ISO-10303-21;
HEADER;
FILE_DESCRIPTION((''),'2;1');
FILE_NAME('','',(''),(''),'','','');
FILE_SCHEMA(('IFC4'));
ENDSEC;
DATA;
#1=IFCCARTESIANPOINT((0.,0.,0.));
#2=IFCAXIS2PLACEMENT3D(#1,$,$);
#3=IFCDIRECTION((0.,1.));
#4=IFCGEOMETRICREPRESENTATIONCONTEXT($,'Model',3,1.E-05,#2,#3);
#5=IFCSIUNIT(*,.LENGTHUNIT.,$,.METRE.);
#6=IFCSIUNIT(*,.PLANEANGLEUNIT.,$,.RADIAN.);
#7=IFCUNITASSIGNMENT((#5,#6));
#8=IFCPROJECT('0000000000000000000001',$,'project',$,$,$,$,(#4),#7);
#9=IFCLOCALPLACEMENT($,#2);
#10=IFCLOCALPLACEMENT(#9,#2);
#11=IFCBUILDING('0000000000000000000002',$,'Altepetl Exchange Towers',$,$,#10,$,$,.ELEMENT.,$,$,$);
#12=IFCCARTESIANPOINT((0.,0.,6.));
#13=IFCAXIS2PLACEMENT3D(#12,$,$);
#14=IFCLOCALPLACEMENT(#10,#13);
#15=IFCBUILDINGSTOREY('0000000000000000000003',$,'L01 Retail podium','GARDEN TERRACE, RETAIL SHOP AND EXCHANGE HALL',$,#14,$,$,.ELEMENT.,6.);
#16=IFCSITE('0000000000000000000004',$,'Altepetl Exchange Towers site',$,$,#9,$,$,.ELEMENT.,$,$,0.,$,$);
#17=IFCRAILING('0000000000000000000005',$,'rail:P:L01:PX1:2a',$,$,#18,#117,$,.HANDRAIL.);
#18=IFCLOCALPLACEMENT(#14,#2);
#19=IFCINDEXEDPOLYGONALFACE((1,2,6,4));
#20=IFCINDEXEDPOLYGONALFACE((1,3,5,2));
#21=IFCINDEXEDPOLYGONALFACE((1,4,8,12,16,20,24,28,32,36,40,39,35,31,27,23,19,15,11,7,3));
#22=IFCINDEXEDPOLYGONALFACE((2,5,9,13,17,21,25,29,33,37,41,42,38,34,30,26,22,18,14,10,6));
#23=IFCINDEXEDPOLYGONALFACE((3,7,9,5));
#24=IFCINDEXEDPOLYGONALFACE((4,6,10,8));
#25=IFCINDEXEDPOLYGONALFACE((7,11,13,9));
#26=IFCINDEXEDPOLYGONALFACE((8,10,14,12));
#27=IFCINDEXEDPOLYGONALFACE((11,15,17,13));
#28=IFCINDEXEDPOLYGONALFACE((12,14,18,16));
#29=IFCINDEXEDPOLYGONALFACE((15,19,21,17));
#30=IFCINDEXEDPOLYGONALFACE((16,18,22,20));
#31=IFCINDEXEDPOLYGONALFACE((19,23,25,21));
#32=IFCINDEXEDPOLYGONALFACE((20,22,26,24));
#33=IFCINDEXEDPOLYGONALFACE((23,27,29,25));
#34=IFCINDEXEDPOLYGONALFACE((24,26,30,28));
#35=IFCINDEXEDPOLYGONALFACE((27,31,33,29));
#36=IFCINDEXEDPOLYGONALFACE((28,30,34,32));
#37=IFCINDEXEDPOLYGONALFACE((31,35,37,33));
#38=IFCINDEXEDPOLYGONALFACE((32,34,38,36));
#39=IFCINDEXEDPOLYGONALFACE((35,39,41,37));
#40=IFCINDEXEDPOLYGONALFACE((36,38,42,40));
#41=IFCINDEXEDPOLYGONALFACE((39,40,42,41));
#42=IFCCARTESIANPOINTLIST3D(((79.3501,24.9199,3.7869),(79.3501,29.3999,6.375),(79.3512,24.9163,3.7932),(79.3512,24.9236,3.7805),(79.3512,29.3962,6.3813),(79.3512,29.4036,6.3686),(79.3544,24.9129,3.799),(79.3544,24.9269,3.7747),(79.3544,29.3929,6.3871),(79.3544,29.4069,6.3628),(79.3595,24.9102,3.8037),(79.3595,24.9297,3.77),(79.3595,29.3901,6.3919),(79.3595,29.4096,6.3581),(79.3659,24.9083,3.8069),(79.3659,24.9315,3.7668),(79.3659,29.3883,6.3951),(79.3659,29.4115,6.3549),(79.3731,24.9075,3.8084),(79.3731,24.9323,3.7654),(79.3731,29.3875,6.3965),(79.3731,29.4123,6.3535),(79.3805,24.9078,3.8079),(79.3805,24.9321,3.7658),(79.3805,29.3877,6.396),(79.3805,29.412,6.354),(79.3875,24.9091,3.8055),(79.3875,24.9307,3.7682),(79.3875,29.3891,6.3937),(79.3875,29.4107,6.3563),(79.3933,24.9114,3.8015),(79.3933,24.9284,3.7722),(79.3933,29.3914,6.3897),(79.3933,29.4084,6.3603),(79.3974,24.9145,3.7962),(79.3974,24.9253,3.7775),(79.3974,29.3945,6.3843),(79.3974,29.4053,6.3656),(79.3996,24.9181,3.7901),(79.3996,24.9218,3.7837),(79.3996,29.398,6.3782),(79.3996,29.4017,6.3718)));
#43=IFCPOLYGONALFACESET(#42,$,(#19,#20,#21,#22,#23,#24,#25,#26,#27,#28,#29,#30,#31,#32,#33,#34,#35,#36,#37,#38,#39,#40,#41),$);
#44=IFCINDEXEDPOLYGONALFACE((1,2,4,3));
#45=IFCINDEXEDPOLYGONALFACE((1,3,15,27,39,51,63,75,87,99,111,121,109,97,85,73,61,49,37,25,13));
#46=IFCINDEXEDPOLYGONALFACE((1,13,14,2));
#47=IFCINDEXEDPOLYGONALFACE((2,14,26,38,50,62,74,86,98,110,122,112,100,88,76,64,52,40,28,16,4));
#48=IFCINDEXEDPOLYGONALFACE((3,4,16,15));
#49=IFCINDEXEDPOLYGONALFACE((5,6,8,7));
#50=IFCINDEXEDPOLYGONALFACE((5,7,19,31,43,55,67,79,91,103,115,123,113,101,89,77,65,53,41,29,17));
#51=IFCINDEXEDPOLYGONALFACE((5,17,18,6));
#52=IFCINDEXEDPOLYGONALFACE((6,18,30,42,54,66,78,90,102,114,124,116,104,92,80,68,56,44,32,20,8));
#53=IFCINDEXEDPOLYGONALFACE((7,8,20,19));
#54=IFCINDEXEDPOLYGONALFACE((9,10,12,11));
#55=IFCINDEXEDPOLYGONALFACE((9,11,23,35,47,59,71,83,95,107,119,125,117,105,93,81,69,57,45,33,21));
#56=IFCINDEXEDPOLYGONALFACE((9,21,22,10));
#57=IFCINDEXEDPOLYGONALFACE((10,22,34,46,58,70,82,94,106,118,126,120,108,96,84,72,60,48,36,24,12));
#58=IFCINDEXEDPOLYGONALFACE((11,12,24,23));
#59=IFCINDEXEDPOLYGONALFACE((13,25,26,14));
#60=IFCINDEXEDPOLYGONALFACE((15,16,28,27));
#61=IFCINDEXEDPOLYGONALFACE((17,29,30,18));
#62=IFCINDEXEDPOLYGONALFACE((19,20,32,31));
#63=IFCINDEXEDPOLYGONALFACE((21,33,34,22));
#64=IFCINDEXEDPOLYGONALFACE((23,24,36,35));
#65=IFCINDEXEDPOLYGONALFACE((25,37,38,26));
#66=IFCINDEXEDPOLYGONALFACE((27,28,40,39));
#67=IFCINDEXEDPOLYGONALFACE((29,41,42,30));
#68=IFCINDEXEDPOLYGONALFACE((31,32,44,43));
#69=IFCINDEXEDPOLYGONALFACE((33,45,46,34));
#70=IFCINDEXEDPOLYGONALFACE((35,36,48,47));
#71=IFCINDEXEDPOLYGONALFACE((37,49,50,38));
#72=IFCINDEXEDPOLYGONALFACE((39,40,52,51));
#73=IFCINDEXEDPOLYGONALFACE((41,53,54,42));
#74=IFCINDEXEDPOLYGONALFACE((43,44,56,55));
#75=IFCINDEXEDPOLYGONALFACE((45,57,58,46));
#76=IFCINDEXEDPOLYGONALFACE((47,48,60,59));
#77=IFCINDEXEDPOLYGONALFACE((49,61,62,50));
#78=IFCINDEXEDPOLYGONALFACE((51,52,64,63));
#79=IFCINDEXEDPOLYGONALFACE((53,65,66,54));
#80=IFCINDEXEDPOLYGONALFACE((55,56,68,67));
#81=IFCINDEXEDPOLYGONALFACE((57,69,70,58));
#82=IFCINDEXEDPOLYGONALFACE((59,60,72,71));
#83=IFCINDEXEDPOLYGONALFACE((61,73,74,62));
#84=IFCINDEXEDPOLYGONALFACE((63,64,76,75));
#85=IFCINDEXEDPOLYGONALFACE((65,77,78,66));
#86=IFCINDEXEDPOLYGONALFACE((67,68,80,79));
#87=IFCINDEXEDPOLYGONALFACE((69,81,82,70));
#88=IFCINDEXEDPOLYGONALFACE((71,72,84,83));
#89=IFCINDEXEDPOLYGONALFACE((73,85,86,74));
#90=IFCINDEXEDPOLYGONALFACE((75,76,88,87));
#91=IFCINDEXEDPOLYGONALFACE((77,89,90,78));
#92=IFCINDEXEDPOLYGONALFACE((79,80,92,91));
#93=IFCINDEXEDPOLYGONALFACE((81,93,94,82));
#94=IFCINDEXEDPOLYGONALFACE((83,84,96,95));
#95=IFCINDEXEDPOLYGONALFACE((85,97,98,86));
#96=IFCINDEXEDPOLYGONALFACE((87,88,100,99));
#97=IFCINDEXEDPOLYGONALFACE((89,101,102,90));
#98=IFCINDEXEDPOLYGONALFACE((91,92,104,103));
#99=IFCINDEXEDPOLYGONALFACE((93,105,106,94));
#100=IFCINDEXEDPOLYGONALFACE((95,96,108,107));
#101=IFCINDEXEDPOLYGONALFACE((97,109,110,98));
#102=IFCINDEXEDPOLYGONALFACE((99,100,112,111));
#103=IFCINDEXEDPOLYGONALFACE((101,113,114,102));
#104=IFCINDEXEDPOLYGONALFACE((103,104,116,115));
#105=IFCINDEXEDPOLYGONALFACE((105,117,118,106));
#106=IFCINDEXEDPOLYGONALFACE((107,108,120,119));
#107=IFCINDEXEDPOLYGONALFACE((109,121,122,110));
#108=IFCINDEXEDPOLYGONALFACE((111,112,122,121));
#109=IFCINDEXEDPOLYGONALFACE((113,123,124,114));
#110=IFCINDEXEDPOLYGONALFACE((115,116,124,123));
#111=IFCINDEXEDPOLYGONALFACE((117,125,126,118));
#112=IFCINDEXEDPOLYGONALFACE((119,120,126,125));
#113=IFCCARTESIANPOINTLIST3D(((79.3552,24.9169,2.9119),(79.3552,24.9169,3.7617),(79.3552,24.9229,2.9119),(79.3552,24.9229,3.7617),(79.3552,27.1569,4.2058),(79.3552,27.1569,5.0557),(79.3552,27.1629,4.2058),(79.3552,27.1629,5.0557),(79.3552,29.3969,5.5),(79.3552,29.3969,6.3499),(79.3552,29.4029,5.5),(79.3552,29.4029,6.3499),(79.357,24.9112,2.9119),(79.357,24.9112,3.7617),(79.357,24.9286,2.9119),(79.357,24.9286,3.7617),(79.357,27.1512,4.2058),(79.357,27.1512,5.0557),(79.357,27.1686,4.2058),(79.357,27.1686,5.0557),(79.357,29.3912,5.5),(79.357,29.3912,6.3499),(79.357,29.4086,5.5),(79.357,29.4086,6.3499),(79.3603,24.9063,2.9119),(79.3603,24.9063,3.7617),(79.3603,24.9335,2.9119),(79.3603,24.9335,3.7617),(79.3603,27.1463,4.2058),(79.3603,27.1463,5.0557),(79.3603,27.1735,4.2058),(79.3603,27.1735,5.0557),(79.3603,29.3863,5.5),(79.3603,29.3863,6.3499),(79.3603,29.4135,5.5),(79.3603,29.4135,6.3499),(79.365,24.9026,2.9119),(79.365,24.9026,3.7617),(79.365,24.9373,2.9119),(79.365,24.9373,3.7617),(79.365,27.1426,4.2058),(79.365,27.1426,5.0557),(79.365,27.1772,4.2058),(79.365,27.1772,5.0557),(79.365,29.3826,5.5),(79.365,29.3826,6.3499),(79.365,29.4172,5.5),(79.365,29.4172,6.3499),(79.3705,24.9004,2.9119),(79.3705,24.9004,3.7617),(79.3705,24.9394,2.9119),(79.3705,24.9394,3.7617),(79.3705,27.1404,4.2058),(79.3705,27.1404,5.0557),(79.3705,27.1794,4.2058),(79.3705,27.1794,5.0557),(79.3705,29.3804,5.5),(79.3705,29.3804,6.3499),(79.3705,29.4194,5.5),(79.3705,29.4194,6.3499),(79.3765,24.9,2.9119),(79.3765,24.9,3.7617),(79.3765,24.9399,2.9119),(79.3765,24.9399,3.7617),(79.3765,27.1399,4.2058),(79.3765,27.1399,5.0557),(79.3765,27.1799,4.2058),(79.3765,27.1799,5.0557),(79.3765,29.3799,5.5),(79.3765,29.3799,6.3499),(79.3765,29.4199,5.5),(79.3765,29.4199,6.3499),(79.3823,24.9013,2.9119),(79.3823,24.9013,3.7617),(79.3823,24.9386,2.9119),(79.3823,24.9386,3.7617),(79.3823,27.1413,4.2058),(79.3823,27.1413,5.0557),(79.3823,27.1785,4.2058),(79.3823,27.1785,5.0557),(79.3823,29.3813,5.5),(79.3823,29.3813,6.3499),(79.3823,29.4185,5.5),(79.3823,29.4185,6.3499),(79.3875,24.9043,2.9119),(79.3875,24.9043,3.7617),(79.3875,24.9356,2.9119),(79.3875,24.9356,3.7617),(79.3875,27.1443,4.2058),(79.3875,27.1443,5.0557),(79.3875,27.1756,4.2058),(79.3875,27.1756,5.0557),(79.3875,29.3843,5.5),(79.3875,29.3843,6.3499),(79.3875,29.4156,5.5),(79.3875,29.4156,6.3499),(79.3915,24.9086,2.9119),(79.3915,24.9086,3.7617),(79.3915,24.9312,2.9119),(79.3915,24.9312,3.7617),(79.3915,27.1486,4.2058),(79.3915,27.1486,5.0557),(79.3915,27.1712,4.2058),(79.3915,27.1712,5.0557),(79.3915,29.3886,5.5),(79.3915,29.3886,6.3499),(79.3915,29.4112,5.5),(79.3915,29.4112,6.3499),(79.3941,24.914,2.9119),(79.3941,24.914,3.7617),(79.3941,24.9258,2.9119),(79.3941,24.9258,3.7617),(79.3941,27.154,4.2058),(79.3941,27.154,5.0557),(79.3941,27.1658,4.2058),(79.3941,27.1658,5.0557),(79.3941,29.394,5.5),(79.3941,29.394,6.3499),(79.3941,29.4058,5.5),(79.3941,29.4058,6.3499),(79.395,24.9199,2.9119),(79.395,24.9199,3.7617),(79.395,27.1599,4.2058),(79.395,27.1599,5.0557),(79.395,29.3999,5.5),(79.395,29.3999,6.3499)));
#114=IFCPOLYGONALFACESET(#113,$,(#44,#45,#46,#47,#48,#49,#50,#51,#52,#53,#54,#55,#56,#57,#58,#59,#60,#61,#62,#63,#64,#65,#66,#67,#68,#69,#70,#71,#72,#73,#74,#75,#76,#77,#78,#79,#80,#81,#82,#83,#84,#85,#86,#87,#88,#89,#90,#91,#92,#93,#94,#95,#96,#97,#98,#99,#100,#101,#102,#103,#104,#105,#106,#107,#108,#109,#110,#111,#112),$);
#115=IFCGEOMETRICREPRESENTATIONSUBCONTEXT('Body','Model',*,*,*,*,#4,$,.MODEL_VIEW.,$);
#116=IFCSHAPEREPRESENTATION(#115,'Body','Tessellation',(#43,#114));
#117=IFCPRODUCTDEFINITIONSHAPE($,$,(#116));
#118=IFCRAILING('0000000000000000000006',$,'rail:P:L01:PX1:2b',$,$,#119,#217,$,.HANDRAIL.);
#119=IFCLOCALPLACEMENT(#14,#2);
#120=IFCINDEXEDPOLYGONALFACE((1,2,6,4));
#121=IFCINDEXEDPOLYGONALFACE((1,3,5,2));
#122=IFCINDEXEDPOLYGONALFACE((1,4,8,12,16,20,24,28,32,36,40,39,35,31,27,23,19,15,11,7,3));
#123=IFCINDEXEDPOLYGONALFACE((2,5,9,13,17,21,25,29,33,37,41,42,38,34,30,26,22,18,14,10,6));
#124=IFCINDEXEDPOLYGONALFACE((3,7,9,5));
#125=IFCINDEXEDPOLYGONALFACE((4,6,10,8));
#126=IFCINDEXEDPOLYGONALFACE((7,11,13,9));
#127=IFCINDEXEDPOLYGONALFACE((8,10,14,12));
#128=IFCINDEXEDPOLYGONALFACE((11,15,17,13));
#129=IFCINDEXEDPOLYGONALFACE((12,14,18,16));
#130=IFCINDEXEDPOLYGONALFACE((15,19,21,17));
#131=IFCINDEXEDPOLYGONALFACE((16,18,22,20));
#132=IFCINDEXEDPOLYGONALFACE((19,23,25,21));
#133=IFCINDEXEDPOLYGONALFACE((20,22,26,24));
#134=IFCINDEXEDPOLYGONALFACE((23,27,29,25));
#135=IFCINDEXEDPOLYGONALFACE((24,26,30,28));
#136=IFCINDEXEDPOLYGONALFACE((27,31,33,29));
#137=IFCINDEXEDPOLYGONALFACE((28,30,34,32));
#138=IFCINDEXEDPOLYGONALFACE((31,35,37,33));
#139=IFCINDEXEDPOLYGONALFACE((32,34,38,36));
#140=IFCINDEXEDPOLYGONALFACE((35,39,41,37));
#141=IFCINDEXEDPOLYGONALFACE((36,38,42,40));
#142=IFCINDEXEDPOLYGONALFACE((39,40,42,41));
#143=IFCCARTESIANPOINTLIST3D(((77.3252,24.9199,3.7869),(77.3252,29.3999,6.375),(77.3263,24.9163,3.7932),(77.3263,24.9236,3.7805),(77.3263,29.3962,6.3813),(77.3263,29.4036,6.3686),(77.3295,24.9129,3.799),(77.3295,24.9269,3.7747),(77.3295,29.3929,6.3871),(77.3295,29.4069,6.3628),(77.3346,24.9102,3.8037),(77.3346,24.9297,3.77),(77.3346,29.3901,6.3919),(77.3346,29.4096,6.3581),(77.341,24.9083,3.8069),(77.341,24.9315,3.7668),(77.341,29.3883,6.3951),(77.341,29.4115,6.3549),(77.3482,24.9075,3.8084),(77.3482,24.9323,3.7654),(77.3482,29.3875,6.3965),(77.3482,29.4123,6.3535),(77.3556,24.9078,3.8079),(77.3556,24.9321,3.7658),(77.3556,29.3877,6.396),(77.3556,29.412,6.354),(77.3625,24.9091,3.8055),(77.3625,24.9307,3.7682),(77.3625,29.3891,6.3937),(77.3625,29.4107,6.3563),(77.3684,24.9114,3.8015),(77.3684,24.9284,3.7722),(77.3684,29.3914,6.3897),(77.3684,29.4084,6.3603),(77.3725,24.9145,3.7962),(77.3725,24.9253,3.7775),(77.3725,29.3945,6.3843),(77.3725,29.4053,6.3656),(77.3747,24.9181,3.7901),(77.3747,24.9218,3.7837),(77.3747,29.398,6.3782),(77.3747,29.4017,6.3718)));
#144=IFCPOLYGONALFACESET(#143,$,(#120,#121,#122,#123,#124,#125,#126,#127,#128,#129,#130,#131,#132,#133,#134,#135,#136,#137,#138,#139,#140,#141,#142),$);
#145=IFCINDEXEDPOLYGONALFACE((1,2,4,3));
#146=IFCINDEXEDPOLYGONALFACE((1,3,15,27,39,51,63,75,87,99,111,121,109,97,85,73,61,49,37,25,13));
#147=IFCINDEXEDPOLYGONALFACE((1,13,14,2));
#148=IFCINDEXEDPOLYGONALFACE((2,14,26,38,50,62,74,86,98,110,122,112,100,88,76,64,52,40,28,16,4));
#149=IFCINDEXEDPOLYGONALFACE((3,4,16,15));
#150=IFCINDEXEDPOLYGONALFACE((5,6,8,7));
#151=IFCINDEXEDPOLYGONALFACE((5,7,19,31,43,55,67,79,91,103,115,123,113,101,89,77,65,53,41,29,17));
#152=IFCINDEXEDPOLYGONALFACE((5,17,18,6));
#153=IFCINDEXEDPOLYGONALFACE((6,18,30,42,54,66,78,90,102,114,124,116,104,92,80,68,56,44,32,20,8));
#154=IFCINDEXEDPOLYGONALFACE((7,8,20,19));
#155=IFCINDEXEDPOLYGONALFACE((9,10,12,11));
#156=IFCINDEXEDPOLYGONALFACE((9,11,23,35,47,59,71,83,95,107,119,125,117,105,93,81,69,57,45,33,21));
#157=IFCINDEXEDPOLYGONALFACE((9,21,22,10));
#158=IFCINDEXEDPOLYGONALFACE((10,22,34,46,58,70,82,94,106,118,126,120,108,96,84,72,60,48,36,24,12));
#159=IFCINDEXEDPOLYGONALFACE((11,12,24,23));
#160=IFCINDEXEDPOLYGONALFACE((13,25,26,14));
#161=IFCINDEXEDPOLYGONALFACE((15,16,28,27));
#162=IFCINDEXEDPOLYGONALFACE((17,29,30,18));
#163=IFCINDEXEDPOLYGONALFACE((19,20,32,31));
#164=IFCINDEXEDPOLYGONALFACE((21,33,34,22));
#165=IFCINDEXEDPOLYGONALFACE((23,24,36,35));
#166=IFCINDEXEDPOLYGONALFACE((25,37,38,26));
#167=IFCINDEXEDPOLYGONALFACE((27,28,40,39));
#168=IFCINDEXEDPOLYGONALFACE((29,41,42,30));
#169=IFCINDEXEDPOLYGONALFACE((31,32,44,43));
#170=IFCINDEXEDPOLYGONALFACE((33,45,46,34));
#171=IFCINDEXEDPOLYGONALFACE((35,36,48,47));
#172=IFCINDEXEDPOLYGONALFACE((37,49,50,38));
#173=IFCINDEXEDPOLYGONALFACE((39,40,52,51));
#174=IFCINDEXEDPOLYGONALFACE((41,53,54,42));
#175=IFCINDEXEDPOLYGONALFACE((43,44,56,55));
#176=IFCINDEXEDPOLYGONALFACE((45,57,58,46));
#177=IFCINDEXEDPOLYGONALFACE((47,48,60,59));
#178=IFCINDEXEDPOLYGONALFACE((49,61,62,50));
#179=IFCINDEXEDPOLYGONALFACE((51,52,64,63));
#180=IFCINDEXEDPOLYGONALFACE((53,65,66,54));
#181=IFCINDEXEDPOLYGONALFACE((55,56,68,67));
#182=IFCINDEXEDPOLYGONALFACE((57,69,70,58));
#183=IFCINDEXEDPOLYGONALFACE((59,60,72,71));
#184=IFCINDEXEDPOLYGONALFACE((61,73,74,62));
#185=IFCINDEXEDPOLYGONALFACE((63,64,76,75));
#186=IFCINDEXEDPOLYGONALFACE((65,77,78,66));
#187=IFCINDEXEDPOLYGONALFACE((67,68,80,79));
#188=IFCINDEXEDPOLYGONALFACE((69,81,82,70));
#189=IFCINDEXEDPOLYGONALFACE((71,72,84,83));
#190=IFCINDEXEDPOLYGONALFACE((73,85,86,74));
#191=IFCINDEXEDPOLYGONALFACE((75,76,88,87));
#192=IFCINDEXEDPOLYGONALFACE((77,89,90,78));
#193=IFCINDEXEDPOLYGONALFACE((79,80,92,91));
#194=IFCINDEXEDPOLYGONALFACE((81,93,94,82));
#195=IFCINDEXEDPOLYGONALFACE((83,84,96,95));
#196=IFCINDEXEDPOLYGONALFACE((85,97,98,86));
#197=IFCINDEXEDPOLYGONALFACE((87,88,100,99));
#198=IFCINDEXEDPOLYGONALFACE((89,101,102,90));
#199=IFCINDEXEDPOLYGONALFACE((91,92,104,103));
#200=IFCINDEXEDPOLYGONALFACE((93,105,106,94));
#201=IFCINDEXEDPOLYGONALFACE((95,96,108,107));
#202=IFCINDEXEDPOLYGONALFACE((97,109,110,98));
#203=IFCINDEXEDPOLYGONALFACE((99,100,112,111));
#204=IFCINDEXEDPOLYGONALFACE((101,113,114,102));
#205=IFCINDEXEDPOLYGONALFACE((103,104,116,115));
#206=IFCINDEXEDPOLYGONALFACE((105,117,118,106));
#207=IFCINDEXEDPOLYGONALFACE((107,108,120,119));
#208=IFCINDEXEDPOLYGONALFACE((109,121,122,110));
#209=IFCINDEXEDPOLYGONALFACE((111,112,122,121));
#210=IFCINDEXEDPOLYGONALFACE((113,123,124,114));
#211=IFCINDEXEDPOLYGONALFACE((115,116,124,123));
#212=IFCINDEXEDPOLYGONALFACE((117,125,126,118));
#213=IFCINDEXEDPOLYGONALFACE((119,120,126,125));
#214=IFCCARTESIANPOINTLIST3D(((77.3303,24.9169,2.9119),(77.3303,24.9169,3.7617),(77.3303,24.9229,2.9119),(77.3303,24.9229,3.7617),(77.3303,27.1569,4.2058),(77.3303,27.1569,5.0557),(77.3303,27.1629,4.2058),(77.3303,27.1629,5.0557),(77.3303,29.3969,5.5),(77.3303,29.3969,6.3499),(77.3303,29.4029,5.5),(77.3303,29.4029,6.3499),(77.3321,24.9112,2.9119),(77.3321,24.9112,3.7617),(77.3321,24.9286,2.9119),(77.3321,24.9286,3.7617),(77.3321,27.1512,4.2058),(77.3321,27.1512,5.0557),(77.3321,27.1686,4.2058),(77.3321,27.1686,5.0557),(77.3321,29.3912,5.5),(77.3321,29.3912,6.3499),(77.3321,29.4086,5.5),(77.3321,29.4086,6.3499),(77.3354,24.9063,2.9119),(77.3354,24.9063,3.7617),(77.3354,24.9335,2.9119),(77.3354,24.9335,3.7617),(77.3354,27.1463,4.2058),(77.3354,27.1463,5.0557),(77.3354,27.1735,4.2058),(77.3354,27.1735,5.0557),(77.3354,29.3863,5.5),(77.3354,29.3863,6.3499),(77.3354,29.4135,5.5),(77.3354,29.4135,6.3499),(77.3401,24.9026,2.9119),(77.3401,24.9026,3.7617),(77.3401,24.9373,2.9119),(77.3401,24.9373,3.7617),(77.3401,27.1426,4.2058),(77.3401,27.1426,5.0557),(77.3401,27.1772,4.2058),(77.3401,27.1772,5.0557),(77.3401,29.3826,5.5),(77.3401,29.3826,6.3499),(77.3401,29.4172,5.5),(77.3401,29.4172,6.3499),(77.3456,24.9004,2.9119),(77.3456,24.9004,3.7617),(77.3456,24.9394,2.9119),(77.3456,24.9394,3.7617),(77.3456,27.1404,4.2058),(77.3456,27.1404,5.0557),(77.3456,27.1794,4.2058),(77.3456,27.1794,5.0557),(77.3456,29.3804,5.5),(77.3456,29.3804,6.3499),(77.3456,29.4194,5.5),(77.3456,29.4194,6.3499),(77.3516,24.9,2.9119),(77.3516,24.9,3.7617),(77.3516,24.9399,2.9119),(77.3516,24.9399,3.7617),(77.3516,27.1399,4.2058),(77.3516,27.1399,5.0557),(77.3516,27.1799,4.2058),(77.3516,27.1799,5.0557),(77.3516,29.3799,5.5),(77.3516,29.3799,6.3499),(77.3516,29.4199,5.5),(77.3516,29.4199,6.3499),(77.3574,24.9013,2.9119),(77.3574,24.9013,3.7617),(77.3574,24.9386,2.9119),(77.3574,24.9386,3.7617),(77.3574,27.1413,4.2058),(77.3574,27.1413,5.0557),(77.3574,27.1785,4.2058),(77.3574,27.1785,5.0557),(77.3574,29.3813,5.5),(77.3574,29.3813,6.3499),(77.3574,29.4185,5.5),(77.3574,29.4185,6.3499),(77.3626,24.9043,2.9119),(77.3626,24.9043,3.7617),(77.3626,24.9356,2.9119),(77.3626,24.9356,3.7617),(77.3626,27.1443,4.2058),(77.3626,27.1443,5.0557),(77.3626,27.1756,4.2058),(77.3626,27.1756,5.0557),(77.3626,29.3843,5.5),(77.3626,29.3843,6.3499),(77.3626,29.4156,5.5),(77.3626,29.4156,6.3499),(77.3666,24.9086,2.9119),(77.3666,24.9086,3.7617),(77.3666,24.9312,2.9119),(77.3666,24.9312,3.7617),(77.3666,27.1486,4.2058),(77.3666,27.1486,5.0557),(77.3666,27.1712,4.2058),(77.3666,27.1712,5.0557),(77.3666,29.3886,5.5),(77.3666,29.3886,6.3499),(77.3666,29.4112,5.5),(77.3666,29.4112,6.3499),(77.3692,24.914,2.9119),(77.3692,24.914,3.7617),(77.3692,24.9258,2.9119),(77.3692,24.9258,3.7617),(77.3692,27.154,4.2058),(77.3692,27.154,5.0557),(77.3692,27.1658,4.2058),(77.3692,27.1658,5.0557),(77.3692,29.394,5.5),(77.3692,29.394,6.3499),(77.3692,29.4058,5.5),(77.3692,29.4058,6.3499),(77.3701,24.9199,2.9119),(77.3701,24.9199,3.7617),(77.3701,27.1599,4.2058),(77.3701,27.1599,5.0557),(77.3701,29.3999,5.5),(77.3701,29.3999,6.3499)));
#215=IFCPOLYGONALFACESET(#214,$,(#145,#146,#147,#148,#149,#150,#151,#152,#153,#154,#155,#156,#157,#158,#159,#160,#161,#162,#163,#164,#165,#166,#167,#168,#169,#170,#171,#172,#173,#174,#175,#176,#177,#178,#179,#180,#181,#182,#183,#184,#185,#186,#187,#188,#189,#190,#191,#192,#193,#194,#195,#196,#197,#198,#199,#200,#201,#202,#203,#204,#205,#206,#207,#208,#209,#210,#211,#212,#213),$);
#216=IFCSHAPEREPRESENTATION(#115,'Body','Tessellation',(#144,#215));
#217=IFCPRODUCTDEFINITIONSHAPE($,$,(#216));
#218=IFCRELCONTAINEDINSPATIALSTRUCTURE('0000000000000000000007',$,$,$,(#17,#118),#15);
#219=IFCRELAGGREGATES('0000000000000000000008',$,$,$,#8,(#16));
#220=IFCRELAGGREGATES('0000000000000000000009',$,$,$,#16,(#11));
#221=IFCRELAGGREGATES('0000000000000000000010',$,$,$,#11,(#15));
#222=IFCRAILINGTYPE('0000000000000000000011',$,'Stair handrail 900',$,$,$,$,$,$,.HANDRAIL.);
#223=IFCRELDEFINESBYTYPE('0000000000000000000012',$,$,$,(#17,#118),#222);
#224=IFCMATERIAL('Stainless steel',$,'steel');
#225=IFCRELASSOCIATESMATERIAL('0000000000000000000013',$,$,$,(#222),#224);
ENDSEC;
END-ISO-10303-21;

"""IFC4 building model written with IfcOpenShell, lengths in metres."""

from ifc_helpers import new_model, si_unit, direction, frame, origin, origin_2d, place, context, subcontext, project, spatial, circle, extrude, source, transform, mapped, material, type_object, element, save


model = new_model("IFC4")

# Units and contexts
model_context = context("Model", 3, precision=1e-05, world=origin(), true_north=direction((0.0, 1.0)))
body_context = subcontext(model_context, "Body", "Model", "MODEL_VIEW")
ifc_project = project(units=[si_unit("LENGTHUNIT", "METRE"), si_unit("PLANEANGLEUNIT", "RADIAN")], contexts=[model_context])

# Site, building, storey
site_placement = place(None, origin())
site = spatial("IfcSite", under=ifc_project, at=site_placement, Name="Altepetl Exchange Towers site", CompositionType="ELEMENT", RefElevation=0.0)
building_placement = place(site_placement, origin())
building = spatial("IfcBuilding", under=site, at=building_placement, Name="Altepetl Exchange Towers", CompositionType="ELEMENT")
storey_placement = place(building_placement, frame((0.0, 0.0, 6.0)))
storey = spatial("IfcBuildingStorey", under=building, at=storey_placement, Name="L01 Retail podium", Description="GARDEN TERRACE, RETAIL SHOP AND EXCHANGE HALL", CompositionType="ELEMENT", Elevation=6.0)

# Railings
ifc_material_1 = material(Name="Stainless steel", Category="steel")
railing_type_1 = type_object("IfcRailingType", Name="Stair handrail 900", PredefinedType="HANDRAIL", material=ifc_material_1)
shared_shape_1 = source(origin(), body_context, "Body", "SweptSolid", [
    extrude(circle(Radius=0.02, at=origin_2d()), origin(), (0.0, 0.0, 1.0), 0.8499),
])
for number, where, name in (
    (1, (79.375, 24.9199, 2.9119), "rail:P:L01:PX1:2a"),
    (2, (77.3501, 24.9199, 2.9119), "rail:P:L01:PX1:2b"),
):
    element("IfcRailing", number, at=place(storey_placement, frame(where)), inside=storey, type_object=railing_type_1, Name=name, PredefinedType="HANDRAIL", context=body_context, shape_type="SweptSolid", body=[
        extrude(circle(Radius=0.0249, at=origin_2d()), frame((0.0, 0.0, 0.875), z_axis=(0.0, 0.86589, 0.500234), x_axis=(-1.0, 0.0, 0.0)), (0.0, 0.0, 1.0), 5.1738),
        mapped(shared_shape_1, transform((0.0, 0.0, 0.0))),
        mapped(shared_shape_1, transform((0.0, 2.24, 1.2939))),
        mapped(shared_shape_1, transform((0.0, 4.48, 2.5881))),
    ])

save(model, "model.ifc")
